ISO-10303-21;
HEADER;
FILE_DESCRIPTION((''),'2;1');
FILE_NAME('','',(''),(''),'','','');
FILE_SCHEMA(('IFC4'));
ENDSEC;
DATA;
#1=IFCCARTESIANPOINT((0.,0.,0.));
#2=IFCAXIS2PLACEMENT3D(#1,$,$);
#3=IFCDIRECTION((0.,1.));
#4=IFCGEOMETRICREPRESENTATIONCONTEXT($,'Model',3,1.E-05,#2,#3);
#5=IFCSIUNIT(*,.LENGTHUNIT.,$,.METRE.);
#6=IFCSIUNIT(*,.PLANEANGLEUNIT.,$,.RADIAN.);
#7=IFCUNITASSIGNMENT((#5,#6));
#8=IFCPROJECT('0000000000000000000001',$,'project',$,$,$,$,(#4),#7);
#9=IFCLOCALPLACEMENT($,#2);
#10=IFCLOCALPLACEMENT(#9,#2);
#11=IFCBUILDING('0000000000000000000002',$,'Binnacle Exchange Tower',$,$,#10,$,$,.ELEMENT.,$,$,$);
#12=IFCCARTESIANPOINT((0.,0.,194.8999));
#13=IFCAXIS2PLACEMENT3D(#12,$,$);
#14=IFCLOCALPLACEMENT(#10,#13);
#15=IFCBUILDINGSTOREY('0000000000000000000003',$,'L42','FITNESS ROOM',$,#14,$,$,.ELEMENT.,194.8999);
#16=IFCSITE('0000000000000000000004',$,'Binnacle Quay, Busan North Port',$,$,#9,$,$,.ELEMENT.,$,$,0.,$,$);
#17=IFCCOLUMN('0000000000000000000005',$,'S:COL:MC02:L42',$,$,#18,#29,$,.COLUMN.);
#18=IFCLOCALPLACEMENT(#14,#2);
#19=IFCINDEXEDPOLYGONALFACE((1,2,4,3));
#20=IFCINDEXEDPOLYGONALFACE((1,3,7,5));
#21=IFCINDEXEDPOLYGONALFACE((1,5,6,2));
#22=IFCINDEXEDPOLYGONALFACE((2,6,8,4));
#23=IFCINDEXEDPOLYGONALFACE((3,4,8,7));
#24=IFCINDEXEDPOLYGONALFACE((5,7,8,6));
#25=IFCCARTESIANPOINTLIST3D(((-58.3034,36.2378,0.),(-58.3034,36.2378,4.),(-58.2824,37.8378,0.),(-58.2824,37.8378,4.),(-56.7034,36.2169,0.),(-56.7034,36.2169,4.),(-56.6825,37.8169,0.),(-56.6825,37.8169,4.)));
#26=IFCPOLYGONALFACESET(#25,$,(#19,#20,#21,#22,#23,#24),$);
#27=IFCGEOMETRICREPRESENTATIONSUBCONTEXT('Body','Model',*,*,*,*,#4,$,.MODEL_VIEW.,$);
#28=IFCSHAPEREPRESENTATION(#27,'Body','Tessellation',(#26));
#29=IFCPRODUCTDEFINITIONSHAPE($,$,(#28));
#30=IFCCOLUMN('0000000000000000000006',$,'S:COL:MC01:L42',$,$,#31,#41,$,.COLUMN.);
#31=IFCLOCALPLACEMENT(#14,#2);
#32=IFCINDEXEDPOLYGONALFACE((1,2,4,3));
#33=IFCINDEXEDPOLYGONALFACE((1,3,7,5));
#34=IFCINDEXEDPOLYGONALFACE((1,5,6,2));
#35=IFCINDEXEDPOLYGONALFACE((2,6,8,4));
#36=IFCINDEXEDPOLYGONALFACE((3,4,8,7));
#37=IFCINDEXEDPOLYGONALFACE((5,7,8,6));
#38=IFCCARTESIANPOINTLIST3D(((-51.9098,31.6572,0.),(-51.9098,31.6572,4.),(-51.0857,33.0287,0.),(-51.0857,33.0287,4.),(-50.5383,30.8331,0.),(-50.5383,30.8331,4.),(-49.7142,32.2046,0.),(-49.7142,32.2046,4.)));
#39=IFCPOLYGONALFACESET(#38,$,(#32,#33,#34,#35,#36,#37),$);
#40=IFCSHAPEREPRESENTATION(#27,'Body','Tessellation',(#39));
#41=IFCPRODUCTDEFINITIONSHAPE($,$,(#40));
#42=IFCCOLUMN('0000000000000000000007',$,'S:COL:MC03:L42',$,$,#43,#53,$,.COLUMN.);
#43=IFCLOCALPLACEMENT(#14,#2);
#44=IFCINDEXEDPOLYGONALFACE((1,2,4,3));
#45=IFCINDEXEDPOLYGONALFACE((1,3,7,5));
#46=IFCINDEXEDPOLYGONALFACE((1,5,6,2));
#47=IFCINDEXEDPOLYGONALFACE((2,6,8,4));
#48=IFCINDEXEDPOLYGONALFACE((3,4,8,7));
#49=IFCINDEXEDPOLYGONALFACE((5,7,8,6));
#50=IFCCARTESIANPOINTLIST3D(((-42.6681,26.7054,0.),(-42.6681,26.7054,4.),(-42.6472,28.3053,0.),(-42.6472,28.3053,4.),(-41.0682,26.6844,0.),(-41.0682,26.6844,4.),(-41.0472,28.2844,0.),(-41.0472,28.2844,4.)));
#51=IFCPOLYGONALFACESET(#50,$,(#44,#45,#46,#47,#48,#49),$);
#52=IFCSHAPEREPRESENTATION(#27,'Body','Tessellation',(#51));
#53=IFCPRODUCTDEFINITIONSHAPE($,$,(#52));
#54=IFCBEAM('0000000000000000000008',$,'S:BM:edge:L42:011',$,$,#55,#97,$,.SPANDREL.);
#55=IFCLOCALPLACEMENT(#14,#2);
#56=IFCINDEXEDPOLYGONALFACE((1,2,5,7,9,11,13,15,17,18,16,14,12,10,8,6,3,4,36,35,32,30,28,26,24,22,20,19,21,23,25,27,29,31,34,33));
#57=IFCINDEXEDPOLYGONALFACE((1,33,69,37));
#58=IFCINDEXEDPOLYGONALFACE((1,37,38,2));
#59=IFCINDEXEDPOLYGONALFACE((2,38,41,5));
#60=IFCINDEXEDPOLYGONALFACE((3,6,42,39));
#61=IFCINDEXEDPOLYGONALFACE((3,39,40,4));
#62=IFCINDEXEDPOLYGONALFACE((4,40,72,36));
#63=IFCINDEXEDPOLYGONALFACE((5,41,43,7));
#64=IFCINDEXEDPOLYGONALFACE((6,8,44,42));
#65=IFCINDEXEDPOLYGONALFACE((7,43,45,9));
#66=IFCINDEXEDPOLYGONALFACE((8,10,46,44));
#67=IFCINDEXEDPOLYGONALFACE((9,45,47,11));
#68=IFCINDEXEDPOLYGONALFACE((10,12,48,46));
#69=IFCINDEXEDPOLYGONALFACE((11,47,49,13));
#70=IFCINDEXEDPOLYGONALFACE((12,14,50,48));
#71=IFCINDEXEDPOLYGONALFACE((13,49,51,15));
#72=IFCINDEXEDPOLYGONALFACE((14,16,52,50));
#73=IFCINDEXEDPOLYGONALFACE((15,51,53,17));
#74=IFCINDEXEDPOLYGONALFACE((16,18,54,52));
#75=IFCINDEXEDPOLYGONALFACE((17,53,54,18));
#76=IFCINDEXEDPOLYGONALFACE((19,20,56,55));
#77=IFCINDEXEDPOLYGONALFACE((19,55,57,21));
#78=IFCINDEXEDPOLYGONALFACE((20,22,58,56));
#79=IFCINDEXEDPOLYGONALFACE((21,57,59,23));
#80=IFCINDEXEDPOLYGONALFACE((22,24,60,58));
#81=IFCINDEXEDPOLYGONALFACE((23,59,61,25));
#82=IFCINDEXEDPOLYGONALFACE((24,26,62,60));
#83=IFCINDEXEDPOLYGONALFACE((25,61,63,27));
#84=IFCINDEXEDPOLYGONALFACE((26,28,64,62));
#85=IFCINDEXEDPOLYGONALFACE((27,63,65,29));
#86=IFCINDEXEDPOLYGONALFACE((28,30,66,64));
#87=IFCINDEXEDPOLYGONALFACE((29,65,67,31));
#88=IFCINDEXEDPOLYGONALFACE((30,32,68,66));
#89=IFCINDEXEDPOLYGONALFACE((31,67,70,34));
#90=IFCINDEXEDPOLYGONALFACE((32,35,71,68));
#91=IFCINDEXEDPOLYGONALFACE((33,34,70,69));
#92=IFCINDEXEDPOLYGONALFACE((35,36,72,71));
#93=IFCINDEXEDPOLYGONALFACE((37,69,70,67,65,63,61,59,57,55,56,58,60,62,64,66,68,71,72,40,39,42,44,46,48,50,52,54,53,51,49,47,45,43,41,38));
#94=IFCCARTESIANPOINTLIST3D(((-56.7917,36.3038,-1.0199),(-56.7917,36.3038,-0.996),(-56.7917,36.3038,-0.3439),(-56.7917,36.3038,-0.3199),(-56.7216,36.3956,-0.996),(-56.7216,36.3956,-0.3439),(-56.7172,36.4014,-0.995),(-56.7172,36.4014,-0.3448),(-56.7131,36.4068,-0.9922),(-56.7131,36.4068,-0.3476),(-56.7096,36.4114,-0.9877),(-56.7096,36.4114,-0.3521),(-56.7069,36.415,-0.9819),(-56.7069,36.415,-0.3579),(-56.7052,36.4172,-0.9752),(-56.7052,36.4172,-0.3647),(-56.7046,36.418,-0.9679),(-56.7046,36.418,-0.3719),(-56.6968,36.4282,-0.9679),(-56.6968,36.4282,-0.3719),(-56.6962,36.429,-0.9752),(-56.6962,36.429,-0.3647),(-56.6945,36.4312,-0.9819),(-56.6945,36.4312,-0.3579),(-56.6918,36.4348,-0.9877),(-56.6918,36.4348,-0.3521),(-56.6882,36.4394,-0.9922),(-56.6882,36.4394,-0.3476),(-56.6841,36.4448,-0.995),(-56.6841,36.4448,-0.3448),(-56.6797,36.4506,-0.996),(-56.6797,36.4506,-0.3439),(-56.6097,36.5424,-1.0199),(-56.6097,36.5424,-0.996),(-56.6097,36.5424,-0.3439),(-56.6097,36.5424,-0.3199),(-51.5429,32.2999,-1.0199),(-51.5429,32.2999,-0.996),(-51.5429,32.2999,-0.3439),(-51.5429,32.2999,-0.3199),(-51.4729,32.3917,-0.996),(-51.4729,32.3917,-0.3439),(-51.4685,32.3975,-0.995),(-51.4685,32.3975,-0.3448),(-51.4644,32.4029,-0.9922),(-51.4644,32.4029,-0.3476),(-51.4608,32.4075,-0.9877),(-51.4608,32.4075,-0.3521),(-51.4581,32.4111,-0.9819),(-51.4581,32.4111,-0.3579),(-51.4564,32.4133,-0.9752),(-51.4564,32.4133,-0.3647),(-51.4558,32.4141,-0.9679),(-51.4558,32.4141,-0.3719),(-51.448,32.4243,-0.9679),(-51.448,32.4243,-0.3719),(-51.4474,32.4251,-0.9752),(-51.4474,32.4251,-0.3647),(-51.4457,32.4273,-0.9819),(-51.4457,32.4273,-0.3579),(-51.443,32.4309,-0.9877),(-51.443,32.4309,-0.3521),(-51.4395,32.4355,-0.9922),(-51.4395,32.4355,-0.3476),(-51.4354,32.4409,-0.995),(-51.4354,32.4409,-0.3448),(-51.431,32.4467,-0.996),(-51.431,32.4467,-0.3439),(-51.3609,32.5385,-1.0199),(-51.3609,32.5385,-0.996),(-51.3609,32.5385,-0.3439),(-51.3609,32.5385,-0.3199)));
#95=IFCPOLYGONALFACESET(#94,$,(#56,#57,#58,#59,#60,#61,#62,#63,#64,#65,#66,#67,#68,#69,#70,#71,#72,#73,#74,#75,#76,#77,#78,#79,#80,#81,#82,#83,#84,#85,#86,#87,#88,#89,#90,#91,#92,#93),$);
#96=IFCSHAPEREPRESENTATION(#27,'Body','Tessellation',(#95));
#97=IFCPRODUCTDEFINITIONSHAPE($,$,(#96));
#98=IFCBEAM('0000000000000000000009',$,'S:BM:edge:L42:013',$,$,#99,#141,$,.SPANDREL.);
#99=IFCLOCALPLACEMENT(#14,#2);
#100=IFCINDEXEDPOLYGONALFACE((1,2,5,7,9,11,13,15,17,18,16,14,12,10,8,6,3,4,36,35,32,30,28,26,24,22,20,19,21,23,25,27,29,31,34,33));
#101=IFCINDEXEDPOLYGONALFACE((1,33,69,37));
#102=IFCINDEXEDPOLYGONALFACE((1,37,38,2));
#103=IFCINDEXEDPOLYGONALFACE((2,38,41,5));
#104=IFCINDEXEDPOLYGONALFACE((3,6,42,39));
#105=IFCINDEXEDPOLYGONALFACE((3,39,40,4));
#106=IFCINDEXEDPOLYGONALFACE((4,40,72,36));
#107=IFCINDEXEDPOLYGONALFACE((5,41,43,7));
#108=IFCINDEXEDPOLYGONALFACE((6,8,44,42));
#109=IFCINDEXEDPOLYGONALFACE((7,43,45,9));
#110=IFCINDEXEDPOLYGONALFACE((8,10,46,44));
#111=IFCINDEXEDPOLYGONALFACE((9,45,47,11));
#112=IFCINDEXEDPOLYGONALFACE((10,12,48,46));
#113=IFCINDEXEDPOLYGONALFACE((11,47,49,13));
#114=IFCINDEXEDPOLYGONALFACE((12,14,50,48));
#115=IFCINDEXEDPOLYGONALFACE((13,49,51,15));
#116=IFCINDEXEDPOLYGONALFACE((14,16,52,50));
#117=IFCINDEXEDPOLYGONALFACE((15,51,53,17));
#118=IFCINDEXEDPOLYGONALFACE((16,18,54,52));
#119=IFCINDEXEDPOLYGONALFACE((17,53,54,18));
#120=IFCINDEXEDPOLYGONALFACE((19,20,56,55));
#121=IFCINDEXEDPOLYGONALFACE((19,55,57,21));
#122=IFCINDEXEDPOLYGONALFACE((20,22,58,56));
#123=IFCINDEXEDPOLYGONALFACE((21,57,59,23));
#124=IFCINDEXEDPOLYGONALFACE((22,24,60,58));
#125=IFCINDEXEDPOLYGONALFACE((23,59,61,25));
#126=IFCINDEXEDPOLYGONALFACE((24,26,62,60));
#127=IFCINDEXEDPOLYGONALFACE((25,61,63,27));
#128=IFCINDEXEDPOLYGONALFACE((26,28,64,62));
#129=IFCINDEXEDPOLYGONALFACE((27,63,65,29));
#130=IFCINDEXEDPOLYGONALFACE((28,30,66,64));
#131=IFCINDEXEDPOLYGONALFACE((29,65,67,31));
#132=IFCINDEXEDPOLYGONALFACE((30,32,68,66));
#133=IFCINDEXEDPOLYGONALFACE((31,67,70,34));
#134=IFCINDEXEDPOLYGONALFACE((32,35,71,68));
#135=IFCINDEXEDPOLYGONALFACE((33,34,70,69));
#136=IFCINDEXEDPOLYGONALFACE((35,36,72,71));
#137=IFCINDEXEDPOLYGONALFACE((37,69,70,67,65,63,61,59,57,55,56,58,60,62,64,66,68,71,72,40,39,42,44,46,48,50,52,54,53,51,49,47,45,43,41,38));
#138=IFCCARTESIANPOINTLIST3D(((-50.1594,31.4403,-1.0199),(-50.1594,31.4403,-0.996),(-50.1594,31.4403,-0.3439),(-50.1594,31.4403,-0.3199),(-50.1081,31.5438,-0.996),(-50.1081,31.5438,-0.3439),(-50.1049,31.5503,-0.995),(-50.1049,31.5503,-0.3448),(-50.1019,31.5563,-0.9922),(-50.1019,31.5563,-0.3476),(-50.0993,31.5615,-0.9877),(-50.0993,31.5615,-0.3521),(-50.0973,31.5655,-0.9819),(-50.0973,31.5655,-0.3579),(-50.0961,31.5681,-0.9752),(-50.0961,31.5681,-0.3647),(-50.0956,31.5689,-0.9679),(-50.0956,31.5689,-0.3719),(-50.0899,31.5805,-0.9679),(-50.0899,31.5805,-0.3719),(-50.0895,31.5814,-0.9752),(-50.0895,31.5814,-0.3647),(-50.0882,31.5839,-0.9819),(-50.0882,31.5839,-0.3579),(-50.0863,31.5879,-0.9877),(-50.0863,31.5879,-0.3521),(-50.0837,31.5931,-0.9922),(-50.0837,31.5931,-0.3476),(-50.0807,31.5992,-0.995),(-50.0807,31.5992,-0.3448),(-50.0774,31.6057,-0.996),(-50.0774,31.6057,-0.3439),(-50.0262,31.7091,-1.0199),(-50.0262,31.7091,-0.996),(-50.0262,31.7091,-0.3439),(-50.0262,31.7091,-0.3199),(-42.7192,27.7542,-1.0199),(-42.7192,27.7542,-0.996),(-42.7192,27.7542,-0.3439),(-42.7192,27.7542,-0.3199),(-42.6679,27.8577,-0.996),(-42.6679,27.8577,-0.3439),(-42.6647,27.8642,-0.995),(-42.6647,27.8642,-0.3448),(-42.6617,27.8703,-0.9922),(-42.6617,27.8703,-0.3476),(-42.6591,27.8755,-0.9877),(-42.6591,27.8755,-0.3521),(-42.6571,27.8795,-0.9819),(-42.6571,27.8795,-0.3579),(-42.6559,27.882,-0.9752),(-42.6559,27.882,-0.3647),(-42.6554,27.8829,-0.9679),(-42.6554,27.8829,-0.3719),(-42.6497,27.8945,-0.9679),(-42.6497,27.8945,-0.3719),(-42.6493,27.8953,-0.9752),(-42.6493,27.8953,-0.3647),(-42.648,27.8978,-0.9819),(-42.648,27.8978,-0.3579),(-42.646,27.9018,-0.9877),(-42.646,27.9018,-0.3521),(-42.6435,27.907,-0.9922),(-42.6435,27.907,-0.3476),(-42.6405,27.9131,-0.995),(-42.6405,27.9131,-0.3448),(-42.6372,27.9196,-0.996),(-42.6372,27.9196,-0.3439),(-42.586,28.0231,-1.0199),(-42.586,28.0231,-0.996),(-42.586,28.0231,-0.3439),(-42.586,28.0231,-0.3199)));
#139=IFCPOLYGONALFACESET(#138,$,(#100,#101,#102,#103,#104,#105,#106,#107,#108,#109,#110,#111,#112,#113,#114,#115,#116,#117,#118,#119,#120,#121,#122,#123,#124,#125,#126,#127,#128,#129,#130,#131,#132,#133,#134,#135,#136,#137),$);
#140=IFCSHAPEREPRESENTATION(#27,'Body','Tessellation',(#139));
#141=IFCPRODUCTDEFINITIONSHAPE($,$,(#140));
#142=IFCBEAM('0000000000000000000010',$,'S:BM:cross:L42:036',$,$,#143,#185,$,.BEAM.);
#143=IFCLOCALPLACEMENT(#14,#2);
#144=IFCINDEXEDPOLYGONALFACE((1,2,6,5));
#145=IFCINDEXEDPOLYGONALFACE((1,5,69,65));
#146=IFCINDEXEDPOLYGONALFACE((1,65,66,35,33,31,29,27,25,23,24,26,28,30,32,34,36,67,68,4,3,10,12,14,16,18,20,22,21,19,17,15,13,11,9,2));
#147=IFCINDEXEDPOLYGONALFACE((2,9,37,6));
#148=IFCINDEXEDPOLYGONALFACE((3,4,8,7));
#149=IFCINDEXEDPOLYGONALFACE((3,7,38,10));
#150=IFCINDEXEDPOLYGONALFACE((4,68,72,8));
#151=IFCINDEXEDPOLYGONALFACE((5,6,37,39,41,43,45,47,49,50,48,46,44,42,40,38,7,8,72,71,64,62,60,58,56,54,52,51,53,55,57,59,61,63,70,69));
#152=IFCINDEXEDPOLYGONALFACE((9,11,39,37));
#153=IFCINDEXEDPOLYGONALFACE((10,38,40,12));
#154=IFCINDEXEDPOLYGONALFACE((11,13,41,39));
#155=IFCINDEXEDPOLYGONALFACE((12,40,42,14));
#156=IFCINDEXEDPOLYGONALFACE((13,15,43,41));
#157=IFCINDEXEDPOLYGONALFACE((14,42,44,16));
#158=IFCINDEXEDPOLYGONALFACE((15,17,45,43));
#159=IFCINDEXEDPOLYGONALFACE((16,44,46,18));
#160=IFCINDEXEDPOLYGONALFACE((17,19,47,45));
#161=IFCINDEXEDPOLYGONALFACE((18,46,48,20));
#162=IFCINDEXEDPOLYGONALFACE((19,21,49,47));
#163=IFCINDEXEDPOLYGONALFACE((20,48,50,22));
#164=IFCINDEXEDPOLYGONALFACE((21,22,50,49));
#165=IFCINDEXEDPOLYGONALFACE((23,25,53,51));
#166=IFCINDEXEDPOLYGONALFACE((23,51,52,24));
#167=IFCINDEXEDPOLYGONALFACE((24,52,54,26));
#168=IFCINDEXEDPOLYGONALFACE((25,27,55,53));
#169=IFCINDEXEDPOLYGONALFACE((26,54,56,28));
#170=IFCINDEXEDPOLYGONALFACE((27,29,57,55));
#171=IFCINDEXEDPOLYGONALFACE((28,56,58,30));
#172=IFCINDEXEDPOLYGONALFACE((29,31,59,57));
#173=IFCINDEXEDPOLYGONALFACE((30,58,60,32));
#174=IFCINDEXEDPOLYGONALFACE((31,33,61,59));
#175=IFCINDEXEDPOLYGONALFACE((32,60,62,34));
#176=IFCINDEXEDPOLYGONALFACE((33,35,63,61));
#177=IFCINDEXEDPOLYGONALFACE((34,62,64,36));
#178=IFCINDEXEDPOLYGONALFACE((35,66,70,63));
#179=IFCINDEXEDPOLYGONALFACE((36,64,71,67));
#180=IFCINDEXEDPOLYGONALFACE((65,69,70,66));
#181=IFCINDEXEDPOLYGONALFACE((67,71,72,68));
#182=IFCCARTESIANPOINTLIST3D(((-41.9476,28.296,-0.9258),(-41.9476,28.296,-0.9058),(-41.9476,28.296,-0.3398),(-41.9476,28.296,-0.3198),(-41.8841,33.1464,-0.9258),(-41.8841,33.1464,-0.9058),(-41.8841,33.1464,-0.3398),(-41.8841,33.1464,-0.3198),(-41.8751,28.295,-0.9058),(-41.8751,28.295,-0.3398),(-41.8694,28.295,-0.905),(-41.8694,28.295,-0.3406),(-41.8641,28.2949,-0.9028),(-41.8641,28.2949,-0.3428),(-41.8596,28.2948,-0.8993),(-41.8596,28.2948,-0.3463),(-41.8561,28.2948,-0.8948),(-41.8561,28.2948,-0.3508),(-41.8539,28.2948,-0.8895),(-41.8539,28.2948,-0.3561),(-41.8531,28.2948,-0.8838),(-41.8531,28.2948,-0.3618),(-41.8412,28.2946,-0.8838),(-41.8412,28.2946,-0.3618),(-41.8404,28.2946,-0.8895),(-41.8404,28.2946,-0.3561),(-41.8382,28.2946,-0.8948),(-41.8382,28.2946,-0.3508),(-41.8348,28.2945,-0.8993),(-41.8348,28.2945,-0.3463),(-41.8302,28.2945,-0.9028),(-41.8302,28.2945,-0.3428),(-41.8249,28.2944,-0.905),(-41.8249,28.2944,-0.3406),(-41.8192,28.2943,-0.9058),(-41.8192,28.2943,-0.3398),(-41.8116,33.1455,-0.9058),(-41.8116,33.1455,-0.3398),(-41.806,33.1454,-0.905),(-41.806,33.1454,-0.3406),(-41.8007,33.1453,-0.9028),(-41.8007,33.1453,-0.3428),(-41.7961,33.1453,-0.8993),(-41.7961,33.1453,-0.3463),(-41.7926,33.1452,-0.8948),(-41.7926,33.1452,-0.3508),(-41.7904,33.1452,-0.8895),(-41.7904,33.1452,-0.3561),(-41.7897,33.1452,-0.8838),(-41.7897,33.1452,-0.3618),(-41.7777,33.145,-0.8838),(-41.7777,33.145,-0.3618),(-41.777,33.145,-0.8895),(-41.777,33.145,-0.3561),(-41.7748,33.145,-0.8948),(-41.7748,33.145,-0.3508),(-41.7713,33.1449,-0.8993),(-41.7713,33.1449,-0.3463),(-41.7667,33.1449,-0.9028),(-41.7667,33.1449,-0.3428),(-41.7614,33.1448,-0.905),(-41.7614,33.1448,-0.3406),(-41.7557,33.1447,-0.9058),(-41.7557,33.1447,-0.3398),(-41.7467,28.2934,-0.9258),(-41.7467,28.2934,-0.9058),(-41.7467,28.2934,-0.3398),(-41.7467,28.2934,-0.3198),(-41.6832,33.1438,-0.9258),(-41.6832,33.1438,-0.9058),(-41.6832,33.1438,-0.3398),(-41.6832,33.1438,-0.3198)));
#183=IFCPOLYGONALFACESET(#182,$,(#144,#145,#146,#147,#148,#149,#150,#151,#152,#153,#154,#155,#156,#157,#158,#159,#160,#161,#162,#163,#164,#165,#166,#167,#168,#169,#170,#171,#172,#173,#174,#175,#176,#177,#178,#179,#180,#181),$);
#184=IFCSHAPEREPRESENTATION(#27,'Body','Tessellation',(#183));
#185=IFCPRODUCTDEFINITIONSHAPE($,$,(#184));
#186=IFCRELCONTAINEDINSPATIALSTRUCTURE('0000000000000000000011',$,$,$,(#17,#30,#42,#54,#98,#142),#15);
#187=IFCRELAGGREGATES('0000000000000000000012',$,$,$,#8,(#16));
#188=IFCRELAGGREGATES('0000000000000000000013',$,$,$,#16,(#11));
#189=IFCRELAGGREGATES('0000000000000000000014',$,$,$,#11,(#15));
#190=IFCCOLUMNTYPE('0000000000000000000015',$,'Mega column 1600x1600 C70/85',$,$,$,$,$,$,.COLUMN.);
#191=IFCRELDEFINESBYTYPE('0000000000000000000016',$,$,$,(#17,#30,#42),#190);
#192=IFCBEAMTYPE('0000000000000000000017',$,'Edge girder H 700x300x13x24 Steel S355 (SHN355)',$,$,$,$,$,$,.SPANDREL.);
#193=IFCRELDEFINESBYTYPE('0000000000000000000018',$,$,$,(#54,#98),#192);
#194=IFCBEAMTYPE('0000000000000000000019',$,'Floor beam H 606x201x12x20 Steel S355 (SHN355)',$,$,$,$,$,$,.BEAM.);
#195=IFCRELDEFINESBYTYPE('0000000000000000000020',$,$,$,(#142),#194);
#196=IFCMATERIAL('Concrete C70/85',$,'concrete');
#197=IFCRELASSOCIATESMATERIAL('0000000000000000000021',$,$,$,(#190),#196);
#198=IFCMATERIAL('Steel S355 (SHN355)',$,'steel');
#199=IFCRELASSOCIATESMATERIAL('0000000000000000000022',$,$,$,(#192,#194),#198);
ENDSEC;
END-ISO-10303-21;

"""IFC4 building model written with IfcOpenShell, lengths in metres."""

from ifc_helpers import new_model, si_unit, direction, frame, origin, origin_2d, place, context, subcontext, project, spatial, rectangle, i_section, extrude, material, material_profile, profile_set, type_object, element, save


model = new_model("IFC4")

# Units and contexts
model_context = context("Model", 3, precision=1e-05, world=origin(), true_north=direction((0.0, 1.0)))
body_context = subcontext(model_context, "Body", "Model", "MODEL_VIEW")
ifc_project = project(units=[si_unit("LENGTHUNIT", "METRE"), si_unit("PLANEANGLEUNIT", "RADIAN")], contexts=[model_context])

# Site, building, storey
site_placement = place(None, origin())
site = spatial("IfcSite", under=ifc_project, at=site_placement, Name="Binnacle Quay, Busan North Port", CompositionType="ELEMENT", RefElevation=0.0)
building_placement = place(site_placement, origin())
building = spatial("IfcBuilding", under=site, at=building_placement, Name="Binnacle Exchange Tower", CompositionType="ELEMENT")
storey_placement = place(building_placement, frame((0.0, 0.0, 194.8999)))
storey = spatial("IfcBuildingStorey", under=building, at=storey_placement, Name="L42", Description="FITNESS ROOM", CompositionType="ELEMENT", Elevation=194.8999)

# Columns
ifc_material_1 = material(Name="Concrete C70/85", Category="concrete")
ifc_material_profile_1 = material_profile(ifc_material_1, rectangle(XDim=1.6001, YDim=1.6001, at=origin_2d()), Name="Mega column 1600x1600 C70/85")
ifc_profile_set_1 = profile_set([ifc_material_profile_1], Name="Concrete C70/85")
column_type = type_object("IfcColumnType", Name="Mega column 1600x1600 C70/85", PredefinedType="COLUMN", material=ifc_profile_set_1)
for number, where, z_axis, x_axis, name in (
    (1, (-57.4929, 37.0273, 0.0), (0.0, 0.0, 1.0), (-0.01309, -0.999914, 0.0), "S:COL:MC02:L42"),
    (2, (-50.812, 31.9309, 0.0), (0.0, 0.0, 1.0), (0.857167, -0.515038, 0.0), "S:COL:MC01:L42"),
    (3, (-41.8577, 27.4949, 0.0), (0.0, 0.0, 1.0), (0.999914, -0.01309, 0.0), "S:COL:MC03:L42"),
):
    element("IfcColumn", number, at=place(storey_placement, frame(where, z_axis=z_axis, x_axis=x_axis)), inside=storey, type_object=column_type, Name=name, PredefinedType="COLUMN", context=body_context, shape_type="SweptSolid", body=[
        extrude(rectangle(XDim=1.6001, YDim=1.6001, at=origin_2d()), origin(), (0.0, 0.0, 1.0), 4.0),
    ])

# Beams
ifc_material_2 = material(Name="Steel S355 (SHN355)", Category="steel")
ifc_material_profile_2 = material_profile(ifc_material_2, i_section(OverallWidth=0.3, OverallDepth=0.7, WebThickness=0.0129, FlangeThickness=0.0239, FilletRadius=0.0281, at=origin_2d()), Name="H 700x300x13x24")
ifc_profile_set_2 = profile_set([ifc_material_profile_2], Name="Steel S355 (SHN355)")
beam_type_1 = type_object("IfcBeamType", Name="Edge girder H 700x300x13x24 Steel S355 (SHN355)", PredefinedType="SPANDREL", material=ifc_profile_set_2)
beam_1_placement = place(storey_placement, frame((-56.7007, 36.4231, -0.6699), z_axis=(0.795078, -0.606507, 0.0), x_axis=(0.606507, 0.795078, 0.0)))
element("IfcBeam", 4, at=beam_1_placement, inside=storey, type_object=beam_type_1, Name="S:BM:edge:L42:011", PredefinedType="SPANDREL", context=body_context, shape_type="SweptSolid", body=[
    extrude(i_section(OverallWidth=0.3, OverallDepth=0.7, WebThickness=0.0129, FlangeThickness=0.0239, FilletRadius=0.0281, at=origin_2d()), origin(), (0.0, 0.0, 1.0), 6.6016),
])
beam_2_placement = place(storey_placement, frame((-50.0928, 31.5747, -0.6699), z_axis=(0.896062, -0.443929, 0.0), x_axis=(0.443929, 0.896062, 0.0)))
element("IfcBeam", 5, at=beam_2_placement, inside=storey, type_object=beam_type_1, Name="S:BM:edge:L42:013", PredefinedType="SPANDREL", context=body_context, shape_type="SweptSolid", body=[
    extrude(i_section(OverallWidth=0.3, OverallDepth=0.7, WebThickness=0.0129, FlangeThickness=0.0239, FilletRadius=0.0281, at=origin_2d()), origin(), (0.0, 0.0, 1.0), 8.3032),
])
ifc_material_profile_3 = material_profile(ifc_material_2, i_section(OverallWidth=0.2009, OverallDepth=0.606, WebThickness=0.012, FlangeThickness=0.02, FilletRadius=0.022, at=origin_2d()), Name="H 606x201x12x20")
ifc_profile_set_3 = profile_set([ifc_material_profile_3], Name="Steel S355 (SHN355)")
beam_type_2 = type_object("IfcBeamType", Name="Floor beam H 606x201x12x20 Steel S355 (SHN355)", PredefinedType="BEAM", material=ifc_profile_set_3)
beam_3_placement = place(storey_placement, frame((-41.8472, 28.2947, -0.6228), z_axis=(0.013086, 0.999914, 0.0), x_axis=(-0.999914, 0.013086, 0.0)))
element("IfcBeam", 6, at=beam_3_placement, inside=storey, type_object=beam_type_2, Name="S:BM:cross:L42:036", PredefinedType="BEAM", context=body_context, shape_type="SweptSolid", body=[
    extrude(i_section(OverallWidth=0.2009, OverallDepth=0.606, WebThickness=0.012, FlangeThickness=0.02, FilletRadius=0.022, at=origin_2d()), origin(), (0.0, 0.0, 1.0), 4.8508),
])

save(model, "model.ifc")
